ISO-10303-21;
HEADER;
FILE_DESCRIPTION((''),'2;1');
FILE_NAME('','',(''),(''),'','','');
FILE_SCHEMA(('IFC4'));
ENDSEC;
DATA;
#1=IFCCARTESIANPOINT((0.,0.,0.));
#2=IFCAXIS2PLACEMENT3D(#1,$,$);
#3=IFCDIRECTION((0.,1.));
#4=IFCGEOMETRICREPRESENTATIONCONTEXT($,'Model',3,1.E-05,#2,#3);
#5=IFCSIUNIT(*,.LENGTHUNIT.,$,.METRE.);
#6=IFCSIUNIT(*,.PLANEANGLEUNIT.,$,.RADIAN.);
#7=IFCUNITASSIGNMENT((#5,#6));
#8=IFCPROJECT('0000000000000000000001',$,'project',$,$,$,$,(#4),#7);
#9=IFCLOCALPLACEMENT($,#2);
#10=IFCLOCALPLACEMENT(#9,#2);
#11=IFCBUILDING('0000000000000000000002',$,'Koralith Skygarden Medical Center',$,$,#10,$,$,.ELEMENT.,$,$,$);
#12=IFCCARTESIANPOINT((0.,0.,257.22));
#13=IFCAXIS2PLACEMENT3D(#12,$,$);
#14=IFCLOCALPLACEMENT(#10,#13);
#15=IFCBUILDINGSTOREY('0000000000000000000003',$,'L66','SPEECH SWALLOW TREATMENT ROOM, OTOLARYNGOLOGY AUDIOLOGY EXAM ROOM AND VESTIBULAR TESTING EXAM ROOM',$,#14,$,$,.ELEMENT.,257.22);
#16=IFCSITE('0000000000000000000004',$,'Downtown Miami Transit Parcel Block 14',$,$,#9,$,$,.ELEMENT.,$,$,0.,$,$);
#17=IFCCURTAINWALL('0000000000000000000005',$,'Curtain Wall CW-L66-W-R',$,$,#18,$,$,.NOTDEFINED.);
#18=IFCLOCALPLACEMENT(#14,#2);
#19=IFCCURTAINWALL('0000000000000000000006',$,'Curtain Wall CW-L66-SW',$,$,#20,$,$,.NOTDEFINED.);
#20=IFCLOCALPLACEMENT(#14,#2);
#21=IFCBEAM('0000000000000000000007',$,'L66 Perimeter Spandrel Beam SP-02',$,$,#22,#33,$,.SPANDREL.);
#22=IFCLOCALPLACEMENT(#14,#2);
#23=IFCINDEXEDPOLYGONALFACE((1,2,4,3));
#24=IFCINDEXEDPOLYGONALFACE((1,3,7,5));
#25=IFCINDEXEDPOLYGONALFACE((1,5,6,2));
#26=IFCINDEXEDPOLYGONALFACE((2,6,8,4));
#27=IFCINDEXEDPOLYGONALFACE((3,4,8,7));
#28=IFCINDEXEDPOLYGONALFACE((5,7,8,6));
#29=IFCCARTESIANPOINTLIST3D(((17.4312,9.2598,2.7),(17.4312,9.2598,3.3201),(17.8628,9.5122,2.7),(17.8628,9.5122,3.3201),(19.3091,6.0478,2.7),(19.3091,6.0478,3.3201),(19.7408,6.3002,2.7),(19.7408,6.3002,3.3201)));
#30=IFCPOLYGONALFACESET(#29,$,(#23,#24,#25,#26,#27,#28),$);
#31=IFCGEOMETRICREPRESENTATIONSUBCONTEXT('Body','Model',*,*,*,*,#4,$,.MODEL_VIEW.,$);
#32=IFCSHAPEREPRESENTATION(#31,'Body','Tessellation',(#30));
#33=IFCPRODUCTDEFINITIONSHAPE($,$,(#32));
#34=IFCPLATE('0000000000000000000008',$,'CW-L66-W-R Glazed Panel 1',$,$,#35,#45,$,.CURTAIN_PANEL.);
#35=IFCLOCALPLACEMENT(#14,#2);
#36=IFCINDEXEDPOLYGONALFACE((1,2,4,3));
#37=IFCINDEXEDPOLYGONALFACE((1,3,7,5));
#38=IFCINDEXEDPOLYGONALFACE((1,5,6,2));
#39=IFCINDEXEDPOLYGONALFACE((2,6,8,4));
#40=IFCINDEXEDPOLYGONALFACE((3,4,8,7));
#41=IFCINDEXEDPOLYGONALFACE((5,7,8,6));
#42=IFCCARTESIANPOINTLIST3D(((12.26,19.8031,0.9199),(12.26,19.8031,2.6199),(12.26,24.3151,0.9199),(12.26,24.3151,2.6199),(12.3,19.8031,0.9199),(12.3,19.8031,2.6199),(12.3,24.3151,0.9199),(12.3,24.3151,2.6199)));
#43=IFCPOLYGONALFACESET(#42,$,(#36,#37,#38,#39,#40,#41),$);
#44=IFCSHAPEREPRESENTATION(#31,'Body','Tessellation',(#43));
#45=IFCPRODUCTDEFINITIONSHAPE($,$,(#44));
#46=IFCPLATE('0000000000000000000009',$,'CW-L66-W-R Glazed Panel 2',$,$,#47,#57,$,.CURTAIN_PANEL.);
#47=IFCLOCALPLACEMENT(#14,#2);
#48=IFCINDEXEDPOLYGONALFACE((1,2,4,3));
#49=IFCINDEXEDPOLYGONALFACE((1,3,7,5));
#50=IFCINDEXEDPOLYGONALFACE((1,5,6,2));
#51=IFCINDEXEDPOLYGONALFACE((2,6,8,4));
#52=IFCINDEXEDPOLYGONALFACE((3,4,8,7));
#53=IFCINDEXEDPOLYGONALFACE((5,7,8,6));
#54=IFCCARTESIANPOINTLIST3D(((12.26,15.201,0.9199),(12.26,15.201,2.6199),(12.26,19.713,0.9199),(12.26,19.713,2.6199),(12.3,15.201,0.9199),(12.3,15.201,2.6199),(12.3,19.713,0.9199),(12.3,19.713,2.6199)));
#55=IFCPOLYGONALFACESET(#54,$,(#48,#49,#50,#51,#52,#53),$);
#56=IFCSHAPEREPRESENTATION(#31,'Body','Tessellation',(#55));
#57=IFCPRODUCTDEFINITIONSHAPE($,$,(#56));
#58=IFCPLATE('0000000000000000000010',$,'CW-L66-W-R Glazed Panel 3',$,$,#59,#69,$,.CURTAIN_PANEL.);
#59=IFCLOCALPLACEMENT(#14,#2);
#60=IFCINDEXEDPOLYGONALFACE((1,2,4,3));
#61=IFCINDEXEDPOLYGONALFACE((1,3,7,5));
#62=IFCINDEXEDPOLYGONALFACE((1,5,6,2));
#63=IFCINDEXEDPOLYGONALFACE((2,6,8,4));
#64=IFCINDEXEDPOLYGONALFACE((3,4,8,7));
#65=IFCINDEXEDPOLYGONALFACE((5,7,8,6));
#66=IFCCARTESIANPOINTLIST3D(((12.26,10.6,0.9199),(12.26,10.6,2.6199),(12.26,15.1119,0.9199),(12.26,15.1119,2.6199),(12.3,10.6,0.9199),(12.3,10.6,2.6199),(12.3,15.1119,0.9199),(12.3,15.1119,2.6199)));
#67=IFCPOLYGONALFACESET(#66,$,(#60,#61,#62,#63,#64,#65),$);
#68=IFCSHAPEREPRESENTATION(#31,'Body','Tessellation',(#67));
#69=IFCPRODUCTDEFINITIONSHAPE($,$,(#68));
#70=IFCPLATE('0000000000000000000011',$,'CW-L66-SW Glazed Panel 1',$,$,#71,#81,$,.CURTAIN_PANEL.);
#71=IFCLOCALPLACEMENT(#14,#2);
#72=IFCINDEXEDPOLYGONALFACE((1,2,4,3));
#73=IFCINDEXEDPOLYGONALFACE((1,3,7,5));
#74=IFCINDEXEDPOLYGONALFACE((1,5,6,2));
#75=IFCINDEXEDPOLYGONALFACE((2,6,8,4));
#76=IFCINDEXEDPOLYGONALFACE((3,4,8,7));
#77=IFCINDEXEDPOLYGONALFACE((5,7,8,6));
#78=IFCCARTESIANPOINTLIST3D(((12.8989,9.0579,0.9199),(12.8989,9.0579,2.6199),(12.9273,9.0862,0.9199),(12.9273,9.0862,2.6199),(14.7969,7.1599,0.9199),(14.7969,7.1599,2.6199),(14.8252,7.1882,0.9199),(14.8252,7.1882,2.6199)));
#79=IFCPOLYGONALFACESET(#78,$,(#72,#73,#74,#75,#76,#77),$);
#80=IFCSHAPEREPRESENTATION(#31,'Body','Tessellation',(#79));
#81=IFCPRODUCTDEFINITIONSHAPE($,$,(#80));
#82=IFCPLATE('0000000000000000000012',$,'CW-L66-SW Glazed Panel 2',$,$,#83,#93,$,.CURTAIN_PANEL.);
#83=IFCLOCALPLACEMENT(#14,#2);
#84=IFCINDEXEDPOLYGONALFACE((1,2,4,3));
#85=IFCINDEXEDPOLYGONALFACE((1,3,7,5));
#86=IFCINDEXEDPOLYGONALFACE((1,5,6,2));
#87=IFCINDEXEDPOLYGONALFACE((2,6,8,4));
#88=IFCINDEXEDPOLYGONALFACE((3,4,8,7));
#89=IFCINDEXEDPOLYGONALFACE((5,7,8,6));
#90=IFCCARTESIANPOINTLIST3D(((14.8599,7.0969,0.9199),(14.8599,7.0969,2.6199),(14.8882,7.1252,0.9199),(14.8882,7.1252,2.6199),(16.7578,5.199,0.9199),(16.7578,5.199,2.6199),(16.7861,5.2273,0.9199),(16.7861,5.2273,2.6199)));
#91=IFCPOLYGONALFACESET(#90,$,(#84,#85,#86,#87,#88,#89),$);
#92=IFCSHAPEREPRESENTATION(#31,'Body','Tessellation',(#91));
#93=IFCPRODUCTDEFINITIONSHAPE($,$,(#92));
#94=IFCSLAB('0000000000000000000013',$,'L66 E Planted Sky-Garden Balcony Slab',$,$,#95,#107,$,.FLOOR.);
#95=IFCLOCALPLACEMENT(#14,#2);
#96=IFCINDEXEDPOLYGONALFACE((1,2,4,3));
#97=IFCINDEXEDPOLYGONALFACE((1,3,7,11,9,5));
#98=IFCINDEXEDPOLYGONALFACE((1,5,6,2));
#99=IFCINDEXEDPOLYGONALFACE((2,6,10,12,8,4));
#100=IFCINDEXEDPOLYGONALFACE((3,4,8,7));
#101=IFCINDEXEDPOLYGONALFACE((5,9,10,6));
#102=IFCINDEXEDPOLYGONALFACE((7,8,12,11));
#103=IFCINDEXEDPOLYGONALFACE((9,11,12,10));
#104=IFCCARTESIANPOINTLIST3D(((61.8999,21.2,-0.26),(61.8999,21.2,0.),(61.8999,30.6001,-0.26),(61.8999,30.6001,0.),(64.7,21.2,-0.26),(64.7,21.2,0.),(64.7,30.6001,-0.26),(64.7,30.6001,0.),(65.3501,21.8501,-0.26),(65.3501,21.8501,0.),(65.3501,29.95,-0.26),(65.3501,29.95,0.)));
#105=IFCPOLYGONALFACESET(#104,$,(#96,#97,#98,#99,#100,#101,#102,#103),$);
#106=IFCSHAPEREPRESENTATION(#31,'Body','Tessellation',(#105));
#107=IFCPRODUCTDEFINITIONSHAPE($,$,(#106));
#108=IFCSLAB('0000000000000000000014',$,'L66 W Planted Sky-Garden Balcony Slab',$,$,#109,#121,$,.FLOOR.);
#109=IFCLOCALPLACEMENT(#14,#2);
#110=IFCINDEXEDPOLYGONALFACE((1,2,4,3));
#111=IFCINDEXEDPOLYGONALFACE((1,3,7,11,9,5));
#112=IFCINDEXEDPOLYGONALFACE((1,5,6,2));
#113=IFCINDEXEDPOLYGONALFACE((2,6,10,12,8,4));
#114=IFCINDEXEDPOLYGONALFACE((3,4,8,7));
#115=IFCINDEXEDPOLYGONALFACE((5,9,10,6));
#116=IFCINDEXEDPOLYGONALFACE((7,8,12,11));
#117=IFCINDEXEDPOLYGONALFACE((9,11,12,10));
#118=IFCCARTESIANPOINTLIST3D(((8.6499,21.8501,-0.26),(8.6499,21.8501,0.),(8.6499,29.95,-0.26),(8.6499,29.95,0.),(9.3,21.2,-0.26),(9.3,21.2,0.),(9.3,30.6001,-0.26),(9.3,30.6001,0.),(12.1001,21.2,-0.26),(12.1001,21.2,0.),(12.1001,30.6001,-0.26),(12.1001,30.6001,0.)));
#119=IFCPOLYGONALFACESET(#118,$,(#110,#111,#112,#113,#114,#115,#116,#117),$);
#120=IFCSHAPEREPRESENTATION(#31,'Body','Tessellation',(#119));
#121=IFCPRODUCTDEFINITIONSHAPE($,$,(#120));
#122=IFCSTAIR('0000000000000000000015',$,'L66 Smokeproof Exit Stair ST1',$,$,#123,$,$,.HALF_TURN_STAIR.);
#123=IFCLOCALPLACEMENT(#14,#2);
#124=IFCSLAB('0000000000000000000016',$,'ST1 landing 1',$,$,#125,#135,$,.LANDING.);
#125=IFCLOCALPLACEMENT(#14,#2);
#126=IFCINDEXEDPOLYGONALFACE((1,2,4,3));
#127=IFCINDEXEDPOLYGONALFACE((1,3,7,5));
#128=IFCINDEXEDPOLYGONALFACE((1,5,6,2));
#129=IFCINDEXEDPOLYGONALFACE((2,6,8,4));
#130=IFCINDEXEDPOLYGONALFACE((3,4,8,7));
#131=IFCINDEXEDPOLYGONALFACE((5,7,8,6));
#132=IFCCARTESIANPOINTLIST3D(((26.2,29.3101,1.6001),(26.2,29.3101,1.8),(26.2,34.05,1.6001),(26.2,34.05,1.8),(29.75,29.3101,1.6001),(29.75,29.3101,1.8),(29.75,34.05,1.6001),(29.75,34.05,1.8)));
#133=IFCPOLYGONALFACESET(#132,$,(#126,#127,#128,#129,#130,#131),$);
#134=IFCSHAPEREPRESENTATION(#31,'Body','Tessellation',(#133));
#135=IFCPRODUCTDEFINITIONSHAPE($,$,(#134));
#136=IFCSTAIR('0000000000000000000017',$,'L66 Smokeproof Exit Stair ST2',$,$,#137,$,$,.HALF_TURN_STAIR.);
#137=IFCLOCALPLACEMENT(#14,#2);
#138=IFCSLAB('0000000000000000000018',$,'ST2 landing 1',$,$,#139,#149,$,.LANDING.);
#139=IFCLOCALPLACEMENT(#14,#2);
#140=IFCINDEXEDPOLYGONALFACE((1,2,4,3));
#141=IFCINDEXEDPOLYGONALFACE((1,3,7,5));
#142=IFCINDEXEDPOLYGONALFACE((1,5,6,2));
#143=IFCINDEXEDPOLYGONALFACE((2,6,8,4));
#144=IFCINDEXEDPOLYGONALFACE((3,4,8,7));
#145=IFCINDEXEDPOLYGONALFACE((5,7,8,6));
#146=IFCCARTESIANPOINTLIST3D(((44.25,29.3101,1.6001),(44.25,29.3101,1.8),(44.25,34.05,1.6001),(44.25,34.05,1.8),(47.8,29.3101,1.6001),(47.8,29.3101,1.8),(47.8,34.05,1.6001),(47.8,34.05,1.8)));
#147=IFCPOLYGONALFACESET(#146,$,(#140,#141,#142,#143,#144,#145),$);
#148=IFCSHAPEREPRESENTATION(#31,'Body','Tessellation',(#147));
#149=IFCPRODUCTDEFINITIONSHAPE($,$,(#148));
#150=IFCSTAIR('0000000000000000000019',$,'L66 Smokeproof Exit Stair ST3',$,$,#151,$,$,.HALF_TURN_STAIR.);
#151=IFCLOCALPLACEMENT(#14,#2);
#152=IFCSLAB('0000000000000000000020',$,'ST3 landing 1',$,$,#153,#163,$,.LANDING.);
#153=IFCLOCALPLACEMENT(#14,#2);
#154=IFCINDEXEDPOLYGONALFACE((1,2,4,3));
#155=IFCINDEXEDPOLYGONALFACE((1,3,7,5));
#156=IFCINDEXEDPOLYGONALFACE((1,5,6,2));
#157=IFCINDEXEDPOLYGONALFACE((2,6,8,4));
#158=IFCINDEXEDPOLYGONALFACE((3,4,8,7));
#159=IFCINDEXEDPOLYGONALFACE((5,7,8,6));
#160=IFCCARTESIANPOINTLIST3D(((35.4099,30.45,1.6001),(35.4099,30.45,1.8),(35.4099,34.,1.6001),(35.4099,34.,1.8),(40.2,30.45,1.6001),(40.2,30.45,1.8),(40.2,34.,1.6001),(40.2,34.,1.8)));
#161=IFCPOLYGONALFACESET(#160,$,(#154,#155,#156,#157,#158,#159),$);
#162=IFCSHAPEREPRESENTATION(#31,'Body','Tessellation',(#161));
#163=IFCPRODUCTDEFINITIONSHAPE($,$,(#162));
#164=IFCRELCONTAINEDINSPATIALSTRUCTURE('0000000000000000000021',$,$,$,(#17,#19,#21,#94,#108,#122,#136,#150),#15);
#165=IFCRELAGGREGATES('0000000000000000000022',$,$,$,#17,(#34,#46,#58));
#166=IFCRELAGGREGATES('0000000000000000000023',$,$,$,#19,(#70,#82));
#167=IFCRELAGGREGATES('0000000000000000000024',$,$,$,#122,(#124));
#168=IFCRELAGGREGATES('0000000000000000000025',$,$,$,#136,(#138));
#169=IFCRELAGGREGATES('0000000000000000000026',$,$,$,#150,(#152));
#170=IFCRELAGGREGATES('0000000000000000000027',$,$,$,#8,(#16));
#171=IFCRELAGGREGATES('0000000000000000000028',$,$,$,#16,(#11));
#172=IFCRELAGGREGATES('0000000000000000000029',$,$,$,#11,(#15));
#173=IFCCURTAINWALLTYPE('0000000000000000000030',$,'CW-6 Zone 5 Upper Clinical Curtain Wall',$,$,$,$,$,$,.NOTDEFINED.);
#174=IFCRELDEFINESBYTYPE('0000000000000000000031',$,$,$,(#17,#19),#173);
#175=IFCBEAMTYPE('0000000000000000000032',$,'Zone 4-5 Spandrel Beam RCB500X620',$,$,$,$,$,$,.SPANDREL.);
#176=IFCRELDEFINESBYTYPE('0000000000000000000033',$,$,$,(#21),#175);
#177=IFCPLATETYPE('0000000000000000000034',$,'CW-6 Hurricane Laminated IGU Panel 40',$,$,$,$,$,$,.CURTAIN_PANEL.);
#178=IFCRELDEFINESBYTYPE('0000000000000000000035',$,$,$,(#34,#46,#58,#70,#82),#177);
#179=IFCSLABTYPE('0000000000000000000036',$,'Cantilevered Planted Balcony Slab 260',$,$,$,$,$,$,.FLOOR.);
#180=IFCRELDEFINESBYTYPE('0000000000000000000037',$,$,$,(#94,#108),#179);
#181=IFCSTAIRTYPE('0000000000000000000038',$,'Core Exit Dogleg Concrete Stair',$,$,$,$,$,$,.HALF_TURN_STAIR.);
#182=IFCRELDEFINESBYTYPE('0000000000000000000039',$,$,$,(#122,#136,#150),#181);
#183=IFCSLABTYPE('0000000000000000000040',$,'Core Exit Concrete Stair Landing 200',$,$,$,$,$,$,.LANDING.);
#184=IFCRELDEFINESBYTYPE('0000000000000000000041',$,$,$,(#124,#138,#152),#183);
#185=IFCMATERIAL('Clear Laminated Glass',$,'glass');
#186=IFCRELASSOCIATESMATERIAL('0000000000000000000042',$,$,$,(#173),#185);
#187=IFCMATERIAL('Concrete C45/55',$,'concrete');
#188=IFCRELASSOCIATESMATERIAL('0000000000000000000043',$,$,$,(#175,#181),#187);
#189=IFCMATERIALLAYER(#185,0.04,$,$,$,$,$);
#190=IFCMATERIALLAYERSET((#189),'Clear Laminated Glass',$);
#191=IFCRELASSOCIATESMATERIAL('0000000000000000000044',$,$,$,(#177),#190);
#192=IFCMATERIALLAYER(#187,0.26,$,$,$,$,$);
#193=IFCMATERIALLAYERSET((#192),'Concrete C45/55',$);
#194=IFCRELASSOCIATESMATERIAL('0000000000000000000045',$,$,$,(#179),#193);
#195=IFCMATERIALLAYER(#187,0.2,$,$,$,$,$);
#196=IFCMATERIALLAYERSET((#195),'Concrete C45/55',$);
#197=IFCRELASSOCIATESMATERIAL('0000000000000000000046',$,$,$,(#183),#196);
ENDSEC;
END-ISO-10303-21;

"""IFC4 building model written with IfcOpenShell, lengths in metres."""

from ifc_helpers import new_model, si_unit, direction, frame, origin, origin_2d, place, context, subcontext, project, spatial, polyline, rectangle, outline, extrude, material, layer, layer_set, material_profile, profile_set, type_object, element, aggregate, save


model = new_model("IFC4")

# Units and contexts
model_context = context("Model", 3, precision=1e-05, world=origin(), true_north=direction((0.0, 1.0)))
body_context = subcontext(model_context, "Body", "Model", "MODEL_VIEW")
ifc_project = project(units=[si_unit("LENGTHUNIT", "METRE"), si_unit("PLANEANGLEUNIT", "RADIAN")], contexts=[model_context])

# Site, building, storey
site_placement = place(None, origin())
site = spatial("IfcSite", under=ifc_project, at=site_placement, Name="Downtown Miami Transit Parcel Block 14", CompositionType="ELEMENT", RefElevation=0.0)
building_placement = place(site_placement, origin())
building = spatial("IfcBuilding", under=site, at=building_placement, Name="Koralith Skygarden Medical Center", CompositionType="ELEMENT")
storey_placement = place(building_placement, frame((0.0, 0.0, 257.22)))
storey = spatial("IfcBuildingStorey", under=building, at=storey_placement, Name="L66", Description="SPEECH SWALLOW TREATMENT ROOM, OTOLARYNGOLOGY AUDIOLOGY EXAM ROOM AND VESTIBULAR TESTING EXAM ROOM", CompositionType="ELEMENT", Elevation=257.22)

# Curtain walls
ifc_material_1 = material(Name="Clear Laminated Glass", Category="glass")
curtain_wall_type = type_object("IfcCurtainWallType", Name="CW-6 Zone 5 Upper Clinical Curtain Wall", PredefinedType="NOTDEFINED", material=ifc_material_1)
curtain_wall_1_placement = place(storey_placement, origin())
curtain_wall_1 = element("IfcCurtainWall", 1, at=curtain_wall_1_placement, inside=storey, type_object=curtain_wall_type, Name="Curtain Wall CW-L66-W-R", PredefinedType="NOTDEFINED")
curtain_wall_2_placement = place(storey_placement, origin())
curtain_wall_2 = element("IfcCurtainWall", 2, at=curtain_wall_2_placement, inside=storey, type_object=curtain_wall_type, Name="Curtain Wall CW-L66-SW", PredefinedType="NOTDEFINED")

# Beam
ifc_material_2 = material(Name="Concrete C45/55", Category="concrete")
ifc_material_profile_1 = material_profile(ifc_material_2, rectangle(XDim=0.5, YDim=0.6201, at=origin_2d()), Name="RCB500X620")
ifc_profile_set_1 = profile_set([ifc_material_profile_1], Name="Concrete C45/55")
beam_type = type_object("IfcBeamType", Name="Zone 4-5 Spandrel Beam RCB500X620", PredefinedType="SPANDREL", material=ifc_profile_set_1)
beam_1_placement = place(storey_placement, frame((17.647, 9.386, 3.01), z_axis=(0.504736, -0.863274, 0.0), x_axis=(0.863274, 0.504736, 0.0)))
element("IfcBeam", 3, at=beam_1_placement, inside=storey, type_object=beam_type, Name="L66 Perimeter Spandrel Beam SP-02", PredefinedType="SPANDREL", context=body_context, shape_type="SweptSolid", body=[
    extrude(rectangle(XDim=0.5, YDim=0.6201, at=origin_2d()), origin(), (0.0, 0.0, 1.0), 3.7207),
])

# Plates
ifc_layer_1 = layer(ifc_material_1, 0.04)
ifc_layer_set_1 = layer_set([ifc_layer_1], Name="Clear Laminated Glass")
plate_type_1 = type_object("IfcPlateType", Name="CW-6 Hurricane Laminated IGU Panel 40", PredefinedType="CURTAIN_PANEL", material=ifc_layer_set_1)
plate_1_placement = place(storey_placement, frame((12.28, 22.0591, 0.9199), z_axis=(0.0, 0.0, 1.0), x_axis=(0.0, -1.0, 0.0)))
plate_1 = element("IfcPlate", 4, at=plate_1_placement, type_object=plate_type_1, Name="CW-L66-W-R Glazed Panel 1", PredefinedType="CURTAIN_PANEL", context=body_context, shape_type="SweptSolid", body=[
    extrude(rectangle(XDim=4.512, YDim=0.04, at=origin_2d()), origin(), (0.0, 0.0, 1.0), 1.7),
])
plate_2_placement = place(storey_placement, frame((12.28, 17.457, 0.9199), z_axis=(0.0, 0.0, 1.0), x_axis=(0.0, -1.0, 0.0)))
plate_2 = element("IfcPlate", 5, at=plate_2_placement, type_object=plate_type_1, Name="CW-L66-W-R Glazed Panel 2", PredefinedType="CURTAIN_PANEL", context=body_context, shape_type="SweptSolid", body=[
    extrude(rectangle(XDim=4.512, YDim=0.04, at=origin_2d()), origin(), (0.0, 0.0, 1.0), 1.7),
])
plate_3_placement = place(storey_placement, frame((12.28, 12.856, 0.9199), z_axis=(0.0, 0.0, 1.0), x_axis=(0.0, -1.0, 0.0)))
plate_3 = element("IfcPlate", 6, at=plate_3_placement, type_object=plate_type_1, Name="CW-L66-W-R Glazed Panel 3", PredefinedType="CURTAIN_PANEL", context=body_context, shape_type="SweptSolid", body=[
    extrude(rectangle(XDim=4.512, YDim=0.04, at=origin_2d()), origin(), (0.0, 0.0, 1.0), 1.7),
])
aggregate(curtain_wall_1, [plate_1, plate_2, plate_3])
plate_4_placement = place(storey_placement, frame((13.8621, 8.123, 0.9199), z_axis=(0.0, 0.0, 1.0), x_axis=(0.707107, -0.707107, 0.0)))
plate_4 = element("IfcPlate", 7, at=plate_4_placement, type_object=plate_type_1, Name="CW-L66-SW Glazed Panel 1", PredefinedType="CURTAIN_PANEL", context=body_context, shape_type="SweptSolid", body=[
    extrude(rectangle(XDim=2.6841, YDim=0.04, at=origin_2d()), origin(), (0.0, 0.0, 1.0), 1.7),
])
plate_5_placement = place(storey_placement, frame((15.823, 6.1621, 0.9199), z_axis=(0.0, 0.0, 1.0), x_axis=(0.707107, -0.707107, 0.0)))
plate_5 = element("IfcPlate", 8, at=plate_5_placement, type_object=plate_type_1, Name="CW-L66-SW Glazed Panel 2", PredefinedType="CURTAIN_PANEL", context=body_context, shape_type="SweptSolid", body=[
    extrude(rectangle(XDim=2.6841, YDim=0.04, at=origin_2d()), origin(), (0.0, 0.0, 1.0), 1.7),
])
aggregate(curtain_wall_2, [plate_4, plate_5])

# Slabs
ifc_layer_2 = layer(ifc_material_2, 0.26)
ifc_layer_set_2 = layer_set([ifc_layer_2], Name="Concrete C45/55")
slab_type_1 = type_object("IfcSlabType", Name="Cantilevered Planted Balcony Slab 260", PredefinedType="FLOOR", material=ifc_layer_set_2)
slab_1_placement = place(storey_placement, frame((0.0, 0.0, -0.26)))
element("IfcSlab", 9, at=slab_1_placement, inside=storey, type_object=slab_type_1, Name="L66 E Planted Sky-Garden Balcony Slab", PredefinedType="FLOOR", context=body_context, shape_type="SweptSolid", body=[
    extrude(outline(polyline([(61.8999, 21.2), (64.7, 21.2), (65.3501, 21.8501), (65.3501, 29.95), (64.7, 30.6001), (61.8999, 30.6001), (61.8999, 21.2)])), origin(), (0.0, 0.0, 1.0), 0.26),
])
slab_2_placement = place(storey_placement, frame((0.0, 0.0, -0.26)))
element("IfcSlab", 10, at=slab_2_placement, inside=storey, type_object=slab_type_1, Name="L66 W Planted Sky-Garden Balcony Slab", PredefinedType="FLOOR", context=body_context, shape_type="SweptSolid", body=[
    extrude(outline(polyline([(9.3, 21.2), (12.1001, 21.2), (12.1001, 30.6001), (9.3, 30.6001), (8.6499, 29.95), (8.6499, 21.8501), (9.3, 21.2)])), origin(), (0.0, 0.0, 1.0), 0.26),
])

# Stairs, slabs
stair_type = type_object("IfcStairType", Name="Core Exit Dogleg Concrete Stair", PredefinedType="HALF_TURN_STAIR", material=ifc_material_2)
stair_1_placement = place(storey_placement, origin())
stair_1 = element("IfcStair", 11, at=stair_1_placement, inside=storey, type_object=stair_type, Name="L66 Smokeproof Exit Stair ST1", PredefinedType="HALF_TURN_STAIR")
ifc_layer_3 = layer(ifc_material_2, 0.2)
ifc_layer_set_3 = layer_set([ifc_layer_3], Name="Concrete C45/55")
slab_type_2 = type_object("IfcSlabType", Name="Core Exit Concrete Stair Landing 200", PredefinedType="LANDING", material=ifc_layer_set_3)
slab_3_placement = place(storey_placement, frame((0.0, 0.0, 1.6001)))
slab_3 = element("IfcSlab", 12, at=slab_3_placement, type_object=slab_type_2, Name="ST1 landing 1", PredefinedType="LANDING", context=body_context, shape_type="SweptSolid", body=[
    extrude(outline(polyline([(29.75, 29.3101), (29.75, 34.05), (26.2, 34.05), (26.2, 29.3101), (29.75, 29.3101)])), origin(), (0.0, 0.0, 1.0), 0.2),
])
aggregate(stair_1, [slab_3])
stair_2_placement = place(storey_placement, origin())
stair_2 = element("IfcStair", 13, at=stair_2_placement, inside=storey, type_object=stair_type, Name="L66 Smokeproof Exit Stair ST2", PredefinedType="HALF_TURN_STAIR")
slab_4_placement = place(storey_placement, frame((0.0, 0.0, 1.6001)))
slab_4 = element("IfcSlab", 14, at=slab_4_placement, type_object=slab_type_2, Name="ST2 landing 1", PredefinedType="LANDING", context=body_context, shape_type="SweptSolid", body=[
    extrude(outline(polyline([(47.8, 29.3101), (47.8, 34.05), (44.25, 34.05), (44.25, 29.3101), (47.8, 29.3101)])), origin(), (0.0, 0.0, 1.0), 0.2),
])
aggregate(stair_2, [slab_4])
stair_3_placement = place(storey_placement, origin())
stair_3 = element("IfcStair", 15, at=stair_3_placement, inside=storey, type_object=stair_type, Name="L66 Smokeproof Exit Stair ST3", PredefinedType="HALF_TURN_STAIR")
slab_5_placement = place(storey_placement, frame((0.0, 0.0, 1.6001)))
slab_5 = element("IfcSlab", 16, at=slab_5_placement, type_object=slab_type_2, Name="ST3 landing 1", PredefinedType="LANDING", context=body_context, shape_type="SweptSolid", body=[
    extrude(outline(polyline([(35.4099, 30.45), (40.2, 30.45), (40.2, 34.0), (35.4099, 34.0), (35.4099, 30.45)])), origin(), (0.0, 0.0, 1.0), 0.2),
])
aggregate(stair_3, [slab_5])

save(model, "model.ifc")
